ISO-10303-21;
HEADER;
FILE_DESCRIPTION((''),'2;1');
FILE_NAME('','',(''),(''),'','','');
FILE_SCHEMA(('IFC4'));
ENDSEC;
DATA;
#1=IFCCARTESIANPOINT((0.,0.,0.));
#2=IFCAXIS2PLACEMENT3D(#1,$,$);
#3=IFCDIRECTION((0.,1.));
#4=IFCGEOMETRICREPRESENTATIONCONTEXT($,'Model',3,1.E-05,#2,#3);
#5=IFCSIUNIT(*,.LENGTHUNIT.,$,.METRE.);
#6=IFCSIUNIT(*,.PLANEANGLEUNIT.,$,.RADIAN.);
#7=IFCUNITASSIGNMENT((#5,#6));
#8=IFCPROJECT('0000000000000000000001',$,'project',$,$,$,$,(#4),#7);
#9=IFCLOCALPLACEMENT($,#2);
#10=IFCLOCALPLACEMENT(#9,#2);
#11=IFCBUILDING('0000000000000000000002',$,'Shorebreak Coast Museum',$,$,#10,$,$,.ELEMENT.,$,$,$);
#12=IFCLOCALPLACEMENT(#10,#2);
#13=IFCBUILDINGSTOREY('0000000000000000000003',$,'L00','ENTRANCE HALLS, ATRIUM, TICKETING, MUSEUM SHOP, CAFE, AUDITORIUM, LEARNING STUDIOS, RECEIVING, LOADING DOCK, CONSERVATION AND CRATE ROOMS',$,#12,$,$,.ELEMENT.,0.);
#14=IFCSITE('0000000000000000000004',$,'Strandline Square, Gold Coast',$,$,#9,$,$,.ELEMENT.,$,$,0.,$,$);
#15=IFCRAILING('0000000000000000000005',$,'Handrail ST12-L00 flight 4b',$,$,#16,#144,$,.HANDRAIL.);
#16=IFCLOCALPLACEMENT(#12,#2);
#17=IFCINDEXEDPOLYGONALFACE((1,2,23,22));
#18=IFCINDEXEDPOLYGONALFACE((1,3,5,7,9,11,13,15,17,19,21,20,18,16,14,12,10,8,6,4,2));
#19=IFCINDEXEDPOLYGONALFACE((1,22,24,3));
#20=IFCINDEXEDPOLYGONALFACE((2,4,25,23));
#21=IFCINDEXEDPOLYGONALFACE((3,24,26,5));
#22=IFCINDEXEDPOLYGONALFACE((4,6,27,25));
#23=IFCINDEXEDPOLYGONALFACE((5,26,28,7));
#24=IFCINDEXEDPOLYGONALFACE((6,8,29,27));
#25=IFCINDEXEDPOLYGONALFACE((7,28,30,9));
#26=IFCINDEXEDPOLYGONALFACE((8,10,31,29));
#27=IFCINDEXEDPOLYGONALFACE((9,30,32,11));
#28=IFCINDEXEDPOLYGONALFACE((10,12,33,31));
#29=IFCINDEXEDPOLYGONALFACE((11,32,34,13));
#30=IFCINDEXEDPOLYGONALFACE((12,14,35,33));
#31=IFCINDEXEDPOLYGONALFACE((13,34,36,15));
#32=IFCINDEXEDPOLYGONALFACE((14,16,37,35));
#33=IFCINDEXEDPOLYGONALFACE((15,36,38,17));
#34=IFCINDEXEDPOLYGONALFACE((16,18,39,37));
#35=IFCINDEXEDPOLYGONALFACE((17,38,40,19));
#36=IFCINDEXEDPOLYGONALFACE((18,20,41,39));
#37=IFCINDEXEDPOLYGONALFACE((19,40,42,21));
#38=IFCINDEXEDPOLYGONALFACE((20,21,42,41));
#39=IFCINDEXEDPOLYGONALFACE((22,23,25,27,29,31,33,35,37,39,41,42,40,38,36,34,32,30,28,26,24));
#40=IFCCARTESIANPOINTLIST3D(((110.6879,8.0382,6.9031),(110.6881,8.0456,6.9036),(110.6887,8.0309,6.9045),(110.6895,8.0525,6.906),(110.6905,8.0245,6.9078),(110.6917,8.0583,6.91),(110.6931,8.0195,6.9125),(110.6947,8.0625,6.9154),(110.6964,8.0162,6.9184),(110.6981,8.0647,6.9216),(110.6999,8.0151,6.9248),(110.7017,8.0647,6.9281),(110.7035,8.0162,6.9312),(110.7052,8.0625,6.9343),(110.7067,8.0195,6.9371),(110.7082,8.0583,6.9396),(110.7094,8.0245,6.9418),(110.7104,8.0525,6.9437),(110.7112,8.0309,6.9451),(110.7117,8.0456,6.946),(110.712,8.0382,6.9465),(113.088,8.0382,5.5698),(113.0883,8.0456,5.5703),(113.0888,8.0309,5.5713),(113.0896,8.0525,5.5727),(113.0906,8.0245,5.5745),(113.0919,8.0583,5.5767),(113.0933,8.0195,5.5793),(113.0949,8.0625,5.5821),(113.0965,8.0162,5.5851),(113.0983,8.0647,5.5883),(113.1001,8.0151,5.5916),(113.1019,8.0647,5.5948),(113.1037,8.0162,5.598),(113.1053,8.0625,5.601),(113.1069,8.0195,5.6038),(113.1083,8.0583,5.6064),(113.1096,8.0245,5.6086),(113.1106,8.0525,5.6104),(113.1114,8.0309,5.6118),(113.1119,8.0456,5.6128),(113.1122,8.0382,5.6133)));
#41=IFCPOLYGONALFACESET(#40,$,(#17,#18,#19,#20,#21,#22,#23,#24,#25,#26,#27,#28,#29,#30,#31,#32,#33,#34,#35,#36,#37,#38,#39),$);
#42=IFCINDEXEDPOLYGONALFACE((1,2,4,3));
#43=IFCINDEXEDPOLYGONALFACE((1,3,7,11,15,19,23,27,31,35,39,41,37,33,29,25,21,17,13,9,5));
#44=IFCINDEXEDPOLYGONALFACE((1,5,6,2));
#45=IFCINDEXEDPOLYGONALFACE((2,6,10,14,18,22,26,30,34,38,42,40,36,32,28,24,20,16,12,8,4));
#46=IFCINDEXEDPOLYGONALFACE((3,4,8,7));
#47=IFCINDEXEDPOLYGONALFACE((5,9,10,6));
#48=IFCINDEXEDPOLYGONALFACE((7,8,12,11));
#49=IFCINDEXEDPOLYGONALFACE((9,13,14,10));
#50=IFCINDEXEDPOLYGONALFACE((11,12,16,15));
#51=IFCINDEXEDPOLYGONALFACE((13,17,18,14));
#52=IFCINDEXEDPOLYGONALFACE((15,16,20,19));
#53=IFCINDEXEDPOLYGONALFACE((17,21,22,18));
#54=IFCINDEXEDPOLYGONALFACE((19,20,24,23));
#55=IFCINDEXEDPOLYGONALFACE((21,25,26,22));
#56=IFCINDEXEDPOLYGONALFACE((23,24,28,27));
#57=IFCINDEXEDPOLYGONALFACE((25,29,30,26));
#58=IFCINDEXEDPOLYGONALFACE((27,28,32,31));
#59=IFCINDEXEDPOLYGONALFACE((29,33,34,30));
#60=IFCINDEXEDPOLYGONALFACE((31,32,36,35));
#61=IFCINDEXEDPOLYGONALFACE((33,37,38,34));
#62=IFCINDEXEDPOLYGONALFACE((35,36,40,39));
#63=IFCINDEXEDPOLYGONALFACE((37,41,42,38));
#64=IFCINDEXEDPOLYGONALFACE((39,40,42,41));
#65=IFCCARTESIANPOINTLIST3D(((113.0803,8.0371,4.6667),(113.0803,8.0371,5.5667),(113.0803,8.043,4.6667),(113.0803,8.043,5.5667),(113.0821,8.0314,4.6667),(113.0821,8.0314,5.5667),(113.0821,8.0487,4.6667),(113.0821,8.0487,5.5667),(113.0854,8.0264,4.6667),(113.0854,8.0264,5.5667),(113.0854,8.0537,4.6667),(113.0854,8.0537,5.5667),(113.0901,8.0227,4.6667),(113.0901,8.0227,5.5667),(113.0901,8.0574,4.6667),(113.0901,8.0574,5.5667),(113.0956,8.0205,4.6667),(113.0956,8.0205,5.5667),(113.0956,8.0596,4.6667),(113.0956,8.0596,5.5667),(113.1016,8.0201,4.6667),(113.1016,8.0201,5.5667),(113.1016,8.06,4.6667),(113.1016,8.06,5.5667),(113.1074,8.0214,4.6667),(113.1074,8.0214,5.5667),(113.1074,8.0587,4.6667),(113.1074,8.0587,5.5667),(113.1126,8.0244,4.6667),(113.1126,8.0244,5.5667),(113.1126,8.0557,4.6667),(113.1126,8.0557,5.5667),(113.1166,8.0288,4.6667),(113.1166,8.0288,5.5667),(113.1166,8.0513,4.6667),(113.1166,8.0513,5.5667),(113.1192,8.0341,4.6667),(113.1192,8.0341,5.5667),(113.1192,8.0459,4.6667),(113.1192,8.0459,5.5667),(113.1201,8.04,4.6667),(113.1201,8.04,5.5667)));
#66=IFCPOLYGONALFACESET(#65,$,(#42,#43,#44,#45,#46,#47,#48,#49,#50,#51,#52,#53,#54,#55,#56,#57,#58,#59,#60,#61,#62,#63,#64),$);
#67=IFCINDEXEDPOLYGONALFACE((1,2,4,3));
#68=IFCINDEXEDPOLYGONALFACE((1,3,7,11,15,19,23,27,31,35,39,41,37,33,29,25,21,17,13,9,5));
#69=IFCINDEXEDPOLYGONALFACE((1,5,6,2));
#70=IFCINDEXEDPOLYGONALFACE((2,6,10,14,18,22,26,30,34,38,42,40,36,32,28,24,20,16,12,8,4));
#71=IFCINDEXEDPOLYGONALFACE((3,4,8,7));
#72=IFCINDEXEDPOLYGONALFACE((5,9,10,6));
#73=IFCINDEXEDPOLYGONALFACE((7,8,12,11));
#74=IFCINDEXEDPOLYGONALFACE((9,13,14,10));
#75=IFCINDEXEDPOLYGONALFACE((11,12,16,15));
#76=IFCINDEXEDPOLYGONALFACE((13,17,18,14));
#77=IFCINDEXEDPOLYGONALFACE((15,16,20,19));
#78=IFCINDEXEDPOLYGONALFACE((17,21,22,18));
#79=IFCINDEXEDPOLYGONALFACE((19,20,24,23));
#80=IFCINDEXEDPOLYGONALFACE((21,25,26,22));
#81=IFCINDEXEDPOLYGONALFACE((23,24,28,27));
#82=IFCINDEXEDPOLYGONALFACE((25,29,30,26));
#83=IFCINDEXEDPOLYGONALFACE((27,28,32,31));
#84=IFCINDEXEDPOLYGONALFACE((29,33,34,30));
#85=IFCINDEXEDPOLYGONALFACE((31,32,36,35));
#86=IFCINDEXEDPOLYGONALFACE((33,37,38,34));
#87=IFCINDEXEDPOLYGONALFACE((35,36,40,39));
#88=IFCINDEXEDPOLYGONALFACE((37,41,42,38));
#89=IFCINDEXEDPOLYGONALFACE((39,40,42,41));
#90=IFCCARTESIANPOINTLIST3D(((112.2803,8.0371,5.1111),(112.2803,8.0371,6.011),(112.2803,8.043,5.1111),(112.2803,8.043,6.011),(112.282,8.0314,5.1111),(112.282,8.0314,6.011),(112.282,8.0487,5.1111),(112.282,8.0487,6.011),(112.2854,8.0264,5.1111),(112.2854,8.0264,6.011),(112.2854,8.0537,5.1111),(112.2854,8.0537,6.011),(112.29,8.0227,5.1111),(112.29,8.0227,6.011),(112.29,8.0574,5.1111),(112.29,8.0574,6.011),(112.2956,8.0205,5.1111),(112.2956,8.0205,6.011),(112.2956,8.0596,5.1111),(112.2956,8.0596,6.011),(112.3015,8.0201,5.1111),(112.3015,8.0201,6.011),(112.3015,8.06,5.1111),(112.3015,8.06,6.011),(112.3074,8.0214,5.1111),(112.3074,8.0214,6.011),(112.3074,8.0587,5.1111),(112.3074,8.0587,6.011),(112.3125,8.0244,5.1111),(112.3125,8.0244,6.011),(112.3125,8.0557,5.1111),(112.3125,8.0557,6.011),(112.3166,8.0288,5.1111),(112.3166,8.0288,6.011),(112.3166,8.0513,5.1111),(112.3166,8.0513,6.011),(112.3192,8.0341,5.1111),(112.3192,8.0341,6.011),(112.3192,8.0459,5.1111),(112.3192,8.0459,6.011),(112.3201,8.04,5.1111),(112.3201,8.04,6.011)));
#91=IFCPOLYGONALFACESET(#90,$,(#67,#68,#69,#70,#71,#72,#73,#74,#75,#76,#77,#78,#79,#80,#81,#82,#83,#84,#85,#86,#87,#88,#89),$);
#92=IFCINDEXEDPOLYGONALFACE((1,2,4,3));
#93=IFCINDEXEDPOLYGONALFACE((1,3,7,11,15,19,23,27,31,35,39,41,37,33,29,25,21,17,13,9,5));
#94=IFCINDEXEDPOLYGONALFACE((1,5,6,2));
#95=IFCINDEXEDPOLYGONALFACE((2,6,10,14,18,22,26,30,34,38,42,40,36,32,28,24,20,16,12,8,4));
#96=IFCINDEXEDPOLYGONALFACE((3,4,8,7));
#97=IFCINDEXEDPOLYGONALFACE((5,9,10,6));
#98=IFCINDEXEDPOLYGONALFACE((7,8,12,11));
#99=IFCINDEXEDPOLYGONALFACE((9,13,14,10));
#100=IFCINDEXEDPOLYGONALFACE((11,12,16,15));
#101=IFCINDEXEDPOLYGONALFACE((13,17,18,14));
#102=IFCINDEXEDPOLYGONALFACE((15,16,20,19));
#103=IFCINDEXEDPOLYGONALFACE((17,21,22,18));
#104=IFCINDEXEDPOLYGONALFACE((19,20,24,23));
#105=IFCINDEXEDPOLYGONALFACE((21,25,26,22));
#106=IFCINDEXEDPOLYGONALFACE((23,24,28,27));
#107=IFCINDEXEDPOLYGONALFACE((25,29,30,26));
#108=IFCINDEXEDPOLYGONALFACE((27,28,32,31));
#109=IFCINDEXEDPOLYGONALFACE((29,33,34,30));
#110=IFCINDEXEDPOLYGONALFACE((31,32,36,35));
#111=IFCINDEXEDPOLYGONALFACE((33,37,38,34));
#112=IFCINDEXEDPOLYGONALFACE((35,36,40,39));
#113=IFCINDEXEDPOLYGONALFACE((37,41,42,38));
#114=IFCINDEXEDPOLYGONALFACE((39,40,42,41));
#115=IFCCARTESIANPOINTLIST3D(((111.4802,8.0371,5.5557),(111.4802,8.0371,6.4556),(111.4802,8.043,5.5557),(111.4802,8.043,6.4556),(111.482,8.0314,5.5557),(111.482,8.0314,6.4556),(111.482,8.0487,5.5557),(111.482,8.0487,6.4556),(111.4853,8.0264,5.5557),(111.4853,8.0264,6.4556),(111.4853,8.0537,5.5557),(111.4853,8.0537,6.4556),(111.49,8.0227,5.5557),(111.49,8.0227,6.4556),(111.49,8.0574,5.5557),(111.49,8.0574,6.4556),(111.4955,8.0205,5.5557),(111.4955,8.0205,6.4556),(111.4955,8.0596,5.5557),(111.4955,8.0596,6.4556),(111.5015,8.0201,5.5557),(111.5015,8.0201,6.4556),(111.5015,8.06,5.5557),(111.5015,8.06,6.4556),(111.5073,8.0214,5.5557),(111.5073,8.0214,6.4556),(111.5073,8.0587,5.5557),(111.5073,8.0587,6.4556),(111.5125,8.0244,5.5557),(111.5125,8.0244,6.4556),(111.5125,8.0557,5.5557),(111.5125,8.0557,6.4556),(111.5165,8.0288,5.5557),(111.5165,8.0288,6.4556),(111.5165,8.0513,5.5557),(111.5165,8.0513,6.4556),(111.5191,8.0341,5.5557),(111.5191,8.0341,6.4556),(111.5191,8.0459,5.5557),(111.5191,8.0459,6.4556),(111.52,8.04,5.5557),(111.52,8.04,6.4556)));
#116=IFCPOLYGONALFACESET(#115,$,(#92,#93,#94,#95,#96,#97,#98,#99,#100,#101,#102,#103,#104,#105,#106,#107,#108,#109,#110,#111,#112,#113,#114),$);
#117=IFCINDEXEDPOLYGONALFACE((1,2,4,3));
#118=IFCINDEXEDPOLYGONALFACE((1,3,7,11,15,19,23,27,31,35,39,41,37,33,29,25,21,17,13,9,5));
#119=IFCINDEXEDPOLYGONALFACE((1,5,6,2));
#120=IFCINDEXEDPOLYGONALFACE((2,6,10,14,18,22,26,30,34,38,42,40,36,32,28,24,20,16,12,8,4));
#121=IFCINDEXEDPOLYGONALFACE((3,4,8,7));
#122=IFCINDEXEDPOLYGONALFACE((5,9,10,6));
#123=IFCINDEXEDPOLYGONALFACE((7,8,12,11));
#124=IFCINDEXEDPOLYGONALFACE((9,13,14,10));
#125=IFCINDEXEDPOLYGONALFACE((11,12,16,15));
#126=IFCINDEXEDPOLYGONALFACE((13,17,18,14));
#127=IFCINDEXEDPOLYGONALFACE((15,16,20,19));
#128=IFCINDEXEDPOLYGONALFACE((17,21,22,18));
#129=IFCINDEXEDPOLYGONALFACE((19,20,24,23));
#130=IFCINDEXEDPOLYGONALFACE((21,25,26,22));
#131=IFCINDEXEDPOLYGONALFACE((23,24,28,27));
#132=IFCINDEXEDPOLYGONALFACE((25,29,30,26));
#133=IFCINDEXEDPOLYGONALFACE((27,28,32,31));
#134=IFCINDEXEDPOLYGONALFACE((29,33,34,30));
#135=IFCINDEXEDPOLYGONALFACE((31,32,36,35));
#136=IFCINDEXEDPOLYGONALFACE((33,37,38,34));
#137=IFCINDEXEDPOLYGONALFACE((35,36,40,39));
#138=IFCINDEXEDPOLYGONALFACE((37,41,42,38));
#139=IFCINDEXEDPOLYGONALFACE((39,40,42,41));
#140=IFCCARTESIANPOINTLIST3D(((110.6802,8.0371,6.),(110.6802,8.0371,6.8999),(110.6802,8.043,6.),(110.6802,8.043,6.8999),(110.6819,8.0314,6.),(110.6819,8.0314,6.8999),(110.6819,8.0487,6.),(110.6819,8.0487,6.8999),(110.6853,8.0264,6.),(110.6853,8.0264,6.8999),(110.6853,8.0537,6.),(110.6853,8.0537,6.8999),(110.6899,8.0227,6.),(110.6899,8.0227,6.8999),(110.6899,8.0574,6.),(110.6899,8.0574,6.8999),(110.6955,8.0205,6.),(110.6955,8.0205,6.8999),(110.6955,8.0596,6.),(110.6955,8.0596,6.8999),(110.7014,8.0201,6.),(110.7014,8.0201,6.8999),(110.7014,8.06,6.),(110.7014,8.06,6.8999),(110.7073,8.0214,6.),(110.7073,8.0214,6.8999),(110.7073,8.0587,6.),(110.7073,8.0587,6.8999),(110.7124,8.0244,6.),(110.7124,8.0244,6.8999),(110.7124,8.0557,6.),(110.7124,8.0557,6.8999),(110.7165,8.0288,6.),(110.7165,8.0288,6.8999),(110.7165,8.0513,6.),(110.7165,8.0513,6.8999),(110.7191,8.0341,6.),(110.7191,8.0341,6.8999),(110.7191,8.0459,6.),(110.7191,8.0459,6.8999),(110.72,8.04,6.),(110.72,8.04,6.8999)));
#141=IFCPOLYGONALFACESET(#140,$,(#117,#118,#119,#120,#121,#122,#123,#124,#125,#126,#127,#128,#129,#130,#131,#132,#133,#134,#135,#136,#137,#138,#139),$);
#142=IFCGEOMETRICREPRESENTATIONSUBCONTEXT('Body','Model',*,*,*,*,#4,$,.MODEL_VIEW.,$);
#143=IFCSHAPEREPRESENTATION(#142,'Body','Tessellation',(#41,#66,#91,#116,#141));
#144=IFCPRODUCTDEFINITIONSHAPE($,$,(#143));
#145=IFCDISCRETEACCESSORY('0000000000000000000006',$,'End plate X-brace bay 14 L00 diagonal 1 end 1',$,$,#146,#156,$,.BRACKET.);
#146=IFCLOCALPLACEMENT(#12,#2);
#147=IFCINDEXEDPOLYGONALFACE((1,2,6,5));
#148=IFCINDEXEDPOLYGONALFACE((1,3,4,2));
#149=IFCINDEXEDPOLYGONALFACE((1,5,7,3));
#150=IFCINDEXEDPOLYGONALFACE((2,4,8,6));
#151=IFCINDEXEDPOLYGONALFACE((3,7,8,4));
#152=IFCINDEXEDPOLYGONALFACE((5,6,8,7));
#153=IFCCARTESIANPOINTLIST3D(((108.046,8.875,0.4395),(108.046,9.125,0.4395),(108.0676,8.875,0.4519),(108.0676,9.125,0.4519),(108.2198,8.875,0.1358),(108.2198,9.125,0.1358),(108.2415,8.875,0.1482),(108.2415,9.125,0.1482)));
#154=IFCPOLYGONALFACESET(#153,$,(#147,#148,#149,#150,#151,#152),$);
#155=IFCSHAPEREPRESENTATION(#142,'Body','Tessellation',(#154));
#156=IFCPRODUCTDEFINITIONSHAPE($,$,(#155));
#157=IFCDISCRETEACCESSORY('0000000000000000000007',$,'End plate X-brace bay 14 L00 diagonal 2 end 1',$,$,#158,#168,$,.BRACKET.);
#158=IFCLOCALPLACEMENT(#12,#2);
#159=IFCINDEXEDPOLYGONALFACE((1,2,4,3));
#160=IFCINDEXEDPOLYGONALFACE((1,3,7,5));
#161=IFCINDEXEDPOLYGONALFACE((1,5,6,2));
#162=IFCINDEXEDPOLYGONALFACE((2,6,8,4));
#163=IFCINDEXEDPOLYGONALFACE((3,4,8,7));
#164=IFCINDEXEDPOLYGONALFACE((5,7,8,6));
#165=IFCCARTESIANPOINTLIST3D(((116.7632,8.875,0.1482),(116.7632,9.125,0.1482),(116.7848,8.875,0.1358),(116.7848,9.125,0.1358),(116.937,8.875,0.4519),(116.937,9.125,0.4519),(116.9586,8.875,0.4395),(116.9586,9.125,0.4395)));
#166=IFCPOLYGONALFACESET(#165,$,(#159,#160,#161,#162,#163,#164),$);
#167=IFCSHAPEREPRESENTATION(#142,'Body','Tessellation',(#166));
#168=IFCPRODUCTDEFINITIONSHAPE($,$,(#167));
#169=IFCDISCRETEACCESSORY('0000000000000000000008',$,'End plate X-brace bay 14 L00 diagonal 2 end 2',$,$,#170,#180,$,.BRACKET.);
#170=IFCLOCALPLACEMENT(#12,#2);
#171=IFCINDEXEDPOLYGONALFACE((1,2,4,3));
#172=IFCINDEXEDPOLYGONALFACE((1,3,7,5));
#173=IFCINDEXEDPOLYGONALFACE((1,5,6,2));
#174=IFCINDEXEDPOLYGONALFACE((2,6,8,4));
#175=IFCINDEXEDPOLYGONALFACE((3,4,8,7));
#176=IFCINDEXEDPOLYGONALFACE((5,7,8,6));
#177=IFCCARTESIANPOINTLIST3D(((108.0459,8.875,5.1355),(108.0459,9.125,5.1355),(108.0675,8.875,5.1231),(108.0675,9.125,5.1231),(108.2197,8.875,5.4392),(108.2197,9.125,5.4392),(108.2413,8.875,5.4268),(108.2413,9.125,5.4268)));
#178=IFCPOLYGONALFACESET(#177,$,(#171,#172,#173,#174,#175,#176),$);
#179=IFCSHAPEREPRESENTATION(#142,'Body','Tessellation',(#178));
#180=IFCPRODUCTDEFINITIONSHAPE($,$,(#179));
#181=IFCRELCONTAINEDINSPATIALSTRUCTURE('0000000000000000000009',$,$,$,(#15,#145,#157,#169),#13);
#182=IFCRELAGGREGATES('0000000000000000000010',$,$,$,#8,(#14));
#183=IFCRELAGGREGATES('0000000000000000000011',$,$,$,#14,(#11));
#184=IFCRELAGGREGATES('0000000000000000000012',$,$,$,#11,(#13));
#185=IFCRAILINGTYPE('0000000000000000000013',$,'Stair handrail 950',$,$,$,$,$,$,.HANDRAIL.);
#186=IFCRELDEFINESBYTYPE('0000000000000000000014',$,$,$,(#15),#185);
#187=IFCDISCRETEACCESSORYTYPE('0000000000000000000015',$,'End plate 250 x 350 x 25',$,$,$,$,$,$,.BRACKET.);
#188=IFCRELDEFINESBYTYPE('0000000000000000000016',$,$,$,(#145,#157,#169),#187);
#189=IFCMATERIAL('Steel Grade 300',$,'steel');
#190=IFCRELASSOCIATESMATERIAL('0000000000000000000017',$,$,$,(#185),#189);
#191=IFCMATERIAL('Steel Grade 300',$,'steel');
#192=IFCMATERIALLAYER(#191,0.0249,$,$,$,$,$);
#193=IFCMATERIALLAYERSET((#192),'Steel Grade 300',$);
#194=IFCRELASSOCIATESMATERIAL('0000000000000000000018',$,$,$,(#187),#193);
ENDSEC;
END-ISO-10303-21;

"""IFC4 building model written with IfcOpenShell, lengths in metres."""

from ifc_helpers import new_model, si_unit, direction, frame, origin, origin_2d, place, context, subcontext, project, spatial, polyline, circle, outline, extrude, material, layer, layer_set, type_object, element, save


model = new_model("IFC4")

# Units and contexts
model_context = context("Model", 3, precision=1e-05, world=origin(), true_north=direction((0.0, 1.0)))
body_context = subcontext(model_context, "Body", "Model", "MODEL_VIEW")
ifc_project = project(units=[si_unit("LENGTHUNIT", "METRE"), si_unit("PLANEANGLEUNIT", "RADIAN")], contexts=[model_context])

# Site, building, storey
site_placement = place(None, origin())
site = spatial("IfcSite", under=ifc_project, at=site_placement, Name="Strandline Square, Gold Coast", CompositionType="ELEMENT", RefElevation=0.0)
building_placement = place(site_placement, origin())
building = spatial("IfcBuilding", under=site, at=building_placement, Name="Shorebreak Coast Museum", CompositionType="ELEMENT")
storey_placement = place(building_placement, origin())
storey = spatial("IfcBuildingStorey", under=building, at=storey_placement, Name="L00", Description="ENTRANCE HALLS, ATRIUM, TICKETING, MUSEUM SHOP, CAFE, AUDITORIUM, LEARNING STUDIOS, RECEIVING, LOADING DOCK, CONSERVATION AND CRATE ROOMS", CompositionType="ELEMENT", Elevation=0.0)

# Railing
ifc_material_1 = material(Name="Steel Grade 300", Category="steel")
railing_type_1 = type_object("IfcRailingType", Name="Stair handrail 950", PredefinedType="HANDRAIL", material=ifc_material_1)
for number, where, name in (
    (1, (113.1001, 8.04, 4.6667), "Handrail ST12-L00 flight 4b"),
):
    element("IfcRailing", number, at=place(storey_placement, frame(where)), inside=storey, type_object=railing_type_1, Name=name, PredefinedType="HANDRAIL", context=body_context, shape_type="SweptSolid", body=[
        extrude(circle(Radius=0.0249, at=origin_2d()), frame((0.0, 0.0, 0.9248), z_axis=(-0.874182, 0.0, 0.485598), x_axis=(0.0, -1.0, 0.0)), (0.0, 0.0, 1.0), 2.7456),
        extrude(circle(Radius=0.02, at=origin_2d()), origin(), (0.0, 0.0, 1.0), 0.8999),
        extrude(circle(Radius=0.02, at=origin_2d()), frame((-0.8, 0.0, 0.4443)), (0.0, 0.0, 1.0), 0.8999),
        extrude(circle(Radius=0.02, at=origin_2d()), frame((-1.6001, 0.0, 0.8889)), (0.0, 0.0, 1.0), 0.8999),
        extrude(circle(Radius=0.02, at=origin_2d()), frame((-2.4001, 0.0, 1.3333)), (0.0, 0.0, 1.0), 0.8999),
    ])

# Discrete accessories
ifc_material_2 = material(Name="Steel Grade 300", Category="steel")
ifc_layer_1 = layer(ifc_material_2, 0.0249)
ifc_layer_set_1 = layer_set([ifc_layer_1], Name="Steel Grade 300")
discrete_accessory_type = type_object("IfcDiscreteAccessoryType", Name="End plate 250 x 350 x 25", PredefinedType="BRACKET", material=ifc_layer_set_1)
for number, where, z_axis, x_axis, name in (
    (2, (108.2415, 8.875, 0.1482), (0.867899, 0.0, 0.49674), (0.0, 1.0, 0.0), "End plate X-brace bay 14 L00 diagonal 1 end 1"),
    (3, (116.7632, 9.125, 0.1482), (-0.867899, 0.0, 0.49674), (0.0, -1.0, 0.0), "End plate X-brace bay 14 L00 diagonal 2 end 1"),
    (4, (108.0459, 9.125, 5.1355), (-0.867899, 0.0, 0.49674), (0.0, -1.0, 0.0), "End plate X-brace bay 14 L00 diagonal 2 end 2"),
):
    element("IfcDiscreteAccessory", number, at=place(storey_placement, frame(where, z_axis=z_axis, x_axis=x_axis)), inside=storey, type_object=discrete_accessory_type, Name=name, PredefinedType="BRACKET", context=body_context, shape_type="SweptSolid", body=[
        extrude(outline(polyline([(0.0, 0.0), (0.25, 0.0), (0.25, 0.3499), (0.0, 0.3499), (0.0, 0.0)])), origin(), (0.0, 0.0, -1.0), 0.0249),
    ])

save(model, "model.ifc")
